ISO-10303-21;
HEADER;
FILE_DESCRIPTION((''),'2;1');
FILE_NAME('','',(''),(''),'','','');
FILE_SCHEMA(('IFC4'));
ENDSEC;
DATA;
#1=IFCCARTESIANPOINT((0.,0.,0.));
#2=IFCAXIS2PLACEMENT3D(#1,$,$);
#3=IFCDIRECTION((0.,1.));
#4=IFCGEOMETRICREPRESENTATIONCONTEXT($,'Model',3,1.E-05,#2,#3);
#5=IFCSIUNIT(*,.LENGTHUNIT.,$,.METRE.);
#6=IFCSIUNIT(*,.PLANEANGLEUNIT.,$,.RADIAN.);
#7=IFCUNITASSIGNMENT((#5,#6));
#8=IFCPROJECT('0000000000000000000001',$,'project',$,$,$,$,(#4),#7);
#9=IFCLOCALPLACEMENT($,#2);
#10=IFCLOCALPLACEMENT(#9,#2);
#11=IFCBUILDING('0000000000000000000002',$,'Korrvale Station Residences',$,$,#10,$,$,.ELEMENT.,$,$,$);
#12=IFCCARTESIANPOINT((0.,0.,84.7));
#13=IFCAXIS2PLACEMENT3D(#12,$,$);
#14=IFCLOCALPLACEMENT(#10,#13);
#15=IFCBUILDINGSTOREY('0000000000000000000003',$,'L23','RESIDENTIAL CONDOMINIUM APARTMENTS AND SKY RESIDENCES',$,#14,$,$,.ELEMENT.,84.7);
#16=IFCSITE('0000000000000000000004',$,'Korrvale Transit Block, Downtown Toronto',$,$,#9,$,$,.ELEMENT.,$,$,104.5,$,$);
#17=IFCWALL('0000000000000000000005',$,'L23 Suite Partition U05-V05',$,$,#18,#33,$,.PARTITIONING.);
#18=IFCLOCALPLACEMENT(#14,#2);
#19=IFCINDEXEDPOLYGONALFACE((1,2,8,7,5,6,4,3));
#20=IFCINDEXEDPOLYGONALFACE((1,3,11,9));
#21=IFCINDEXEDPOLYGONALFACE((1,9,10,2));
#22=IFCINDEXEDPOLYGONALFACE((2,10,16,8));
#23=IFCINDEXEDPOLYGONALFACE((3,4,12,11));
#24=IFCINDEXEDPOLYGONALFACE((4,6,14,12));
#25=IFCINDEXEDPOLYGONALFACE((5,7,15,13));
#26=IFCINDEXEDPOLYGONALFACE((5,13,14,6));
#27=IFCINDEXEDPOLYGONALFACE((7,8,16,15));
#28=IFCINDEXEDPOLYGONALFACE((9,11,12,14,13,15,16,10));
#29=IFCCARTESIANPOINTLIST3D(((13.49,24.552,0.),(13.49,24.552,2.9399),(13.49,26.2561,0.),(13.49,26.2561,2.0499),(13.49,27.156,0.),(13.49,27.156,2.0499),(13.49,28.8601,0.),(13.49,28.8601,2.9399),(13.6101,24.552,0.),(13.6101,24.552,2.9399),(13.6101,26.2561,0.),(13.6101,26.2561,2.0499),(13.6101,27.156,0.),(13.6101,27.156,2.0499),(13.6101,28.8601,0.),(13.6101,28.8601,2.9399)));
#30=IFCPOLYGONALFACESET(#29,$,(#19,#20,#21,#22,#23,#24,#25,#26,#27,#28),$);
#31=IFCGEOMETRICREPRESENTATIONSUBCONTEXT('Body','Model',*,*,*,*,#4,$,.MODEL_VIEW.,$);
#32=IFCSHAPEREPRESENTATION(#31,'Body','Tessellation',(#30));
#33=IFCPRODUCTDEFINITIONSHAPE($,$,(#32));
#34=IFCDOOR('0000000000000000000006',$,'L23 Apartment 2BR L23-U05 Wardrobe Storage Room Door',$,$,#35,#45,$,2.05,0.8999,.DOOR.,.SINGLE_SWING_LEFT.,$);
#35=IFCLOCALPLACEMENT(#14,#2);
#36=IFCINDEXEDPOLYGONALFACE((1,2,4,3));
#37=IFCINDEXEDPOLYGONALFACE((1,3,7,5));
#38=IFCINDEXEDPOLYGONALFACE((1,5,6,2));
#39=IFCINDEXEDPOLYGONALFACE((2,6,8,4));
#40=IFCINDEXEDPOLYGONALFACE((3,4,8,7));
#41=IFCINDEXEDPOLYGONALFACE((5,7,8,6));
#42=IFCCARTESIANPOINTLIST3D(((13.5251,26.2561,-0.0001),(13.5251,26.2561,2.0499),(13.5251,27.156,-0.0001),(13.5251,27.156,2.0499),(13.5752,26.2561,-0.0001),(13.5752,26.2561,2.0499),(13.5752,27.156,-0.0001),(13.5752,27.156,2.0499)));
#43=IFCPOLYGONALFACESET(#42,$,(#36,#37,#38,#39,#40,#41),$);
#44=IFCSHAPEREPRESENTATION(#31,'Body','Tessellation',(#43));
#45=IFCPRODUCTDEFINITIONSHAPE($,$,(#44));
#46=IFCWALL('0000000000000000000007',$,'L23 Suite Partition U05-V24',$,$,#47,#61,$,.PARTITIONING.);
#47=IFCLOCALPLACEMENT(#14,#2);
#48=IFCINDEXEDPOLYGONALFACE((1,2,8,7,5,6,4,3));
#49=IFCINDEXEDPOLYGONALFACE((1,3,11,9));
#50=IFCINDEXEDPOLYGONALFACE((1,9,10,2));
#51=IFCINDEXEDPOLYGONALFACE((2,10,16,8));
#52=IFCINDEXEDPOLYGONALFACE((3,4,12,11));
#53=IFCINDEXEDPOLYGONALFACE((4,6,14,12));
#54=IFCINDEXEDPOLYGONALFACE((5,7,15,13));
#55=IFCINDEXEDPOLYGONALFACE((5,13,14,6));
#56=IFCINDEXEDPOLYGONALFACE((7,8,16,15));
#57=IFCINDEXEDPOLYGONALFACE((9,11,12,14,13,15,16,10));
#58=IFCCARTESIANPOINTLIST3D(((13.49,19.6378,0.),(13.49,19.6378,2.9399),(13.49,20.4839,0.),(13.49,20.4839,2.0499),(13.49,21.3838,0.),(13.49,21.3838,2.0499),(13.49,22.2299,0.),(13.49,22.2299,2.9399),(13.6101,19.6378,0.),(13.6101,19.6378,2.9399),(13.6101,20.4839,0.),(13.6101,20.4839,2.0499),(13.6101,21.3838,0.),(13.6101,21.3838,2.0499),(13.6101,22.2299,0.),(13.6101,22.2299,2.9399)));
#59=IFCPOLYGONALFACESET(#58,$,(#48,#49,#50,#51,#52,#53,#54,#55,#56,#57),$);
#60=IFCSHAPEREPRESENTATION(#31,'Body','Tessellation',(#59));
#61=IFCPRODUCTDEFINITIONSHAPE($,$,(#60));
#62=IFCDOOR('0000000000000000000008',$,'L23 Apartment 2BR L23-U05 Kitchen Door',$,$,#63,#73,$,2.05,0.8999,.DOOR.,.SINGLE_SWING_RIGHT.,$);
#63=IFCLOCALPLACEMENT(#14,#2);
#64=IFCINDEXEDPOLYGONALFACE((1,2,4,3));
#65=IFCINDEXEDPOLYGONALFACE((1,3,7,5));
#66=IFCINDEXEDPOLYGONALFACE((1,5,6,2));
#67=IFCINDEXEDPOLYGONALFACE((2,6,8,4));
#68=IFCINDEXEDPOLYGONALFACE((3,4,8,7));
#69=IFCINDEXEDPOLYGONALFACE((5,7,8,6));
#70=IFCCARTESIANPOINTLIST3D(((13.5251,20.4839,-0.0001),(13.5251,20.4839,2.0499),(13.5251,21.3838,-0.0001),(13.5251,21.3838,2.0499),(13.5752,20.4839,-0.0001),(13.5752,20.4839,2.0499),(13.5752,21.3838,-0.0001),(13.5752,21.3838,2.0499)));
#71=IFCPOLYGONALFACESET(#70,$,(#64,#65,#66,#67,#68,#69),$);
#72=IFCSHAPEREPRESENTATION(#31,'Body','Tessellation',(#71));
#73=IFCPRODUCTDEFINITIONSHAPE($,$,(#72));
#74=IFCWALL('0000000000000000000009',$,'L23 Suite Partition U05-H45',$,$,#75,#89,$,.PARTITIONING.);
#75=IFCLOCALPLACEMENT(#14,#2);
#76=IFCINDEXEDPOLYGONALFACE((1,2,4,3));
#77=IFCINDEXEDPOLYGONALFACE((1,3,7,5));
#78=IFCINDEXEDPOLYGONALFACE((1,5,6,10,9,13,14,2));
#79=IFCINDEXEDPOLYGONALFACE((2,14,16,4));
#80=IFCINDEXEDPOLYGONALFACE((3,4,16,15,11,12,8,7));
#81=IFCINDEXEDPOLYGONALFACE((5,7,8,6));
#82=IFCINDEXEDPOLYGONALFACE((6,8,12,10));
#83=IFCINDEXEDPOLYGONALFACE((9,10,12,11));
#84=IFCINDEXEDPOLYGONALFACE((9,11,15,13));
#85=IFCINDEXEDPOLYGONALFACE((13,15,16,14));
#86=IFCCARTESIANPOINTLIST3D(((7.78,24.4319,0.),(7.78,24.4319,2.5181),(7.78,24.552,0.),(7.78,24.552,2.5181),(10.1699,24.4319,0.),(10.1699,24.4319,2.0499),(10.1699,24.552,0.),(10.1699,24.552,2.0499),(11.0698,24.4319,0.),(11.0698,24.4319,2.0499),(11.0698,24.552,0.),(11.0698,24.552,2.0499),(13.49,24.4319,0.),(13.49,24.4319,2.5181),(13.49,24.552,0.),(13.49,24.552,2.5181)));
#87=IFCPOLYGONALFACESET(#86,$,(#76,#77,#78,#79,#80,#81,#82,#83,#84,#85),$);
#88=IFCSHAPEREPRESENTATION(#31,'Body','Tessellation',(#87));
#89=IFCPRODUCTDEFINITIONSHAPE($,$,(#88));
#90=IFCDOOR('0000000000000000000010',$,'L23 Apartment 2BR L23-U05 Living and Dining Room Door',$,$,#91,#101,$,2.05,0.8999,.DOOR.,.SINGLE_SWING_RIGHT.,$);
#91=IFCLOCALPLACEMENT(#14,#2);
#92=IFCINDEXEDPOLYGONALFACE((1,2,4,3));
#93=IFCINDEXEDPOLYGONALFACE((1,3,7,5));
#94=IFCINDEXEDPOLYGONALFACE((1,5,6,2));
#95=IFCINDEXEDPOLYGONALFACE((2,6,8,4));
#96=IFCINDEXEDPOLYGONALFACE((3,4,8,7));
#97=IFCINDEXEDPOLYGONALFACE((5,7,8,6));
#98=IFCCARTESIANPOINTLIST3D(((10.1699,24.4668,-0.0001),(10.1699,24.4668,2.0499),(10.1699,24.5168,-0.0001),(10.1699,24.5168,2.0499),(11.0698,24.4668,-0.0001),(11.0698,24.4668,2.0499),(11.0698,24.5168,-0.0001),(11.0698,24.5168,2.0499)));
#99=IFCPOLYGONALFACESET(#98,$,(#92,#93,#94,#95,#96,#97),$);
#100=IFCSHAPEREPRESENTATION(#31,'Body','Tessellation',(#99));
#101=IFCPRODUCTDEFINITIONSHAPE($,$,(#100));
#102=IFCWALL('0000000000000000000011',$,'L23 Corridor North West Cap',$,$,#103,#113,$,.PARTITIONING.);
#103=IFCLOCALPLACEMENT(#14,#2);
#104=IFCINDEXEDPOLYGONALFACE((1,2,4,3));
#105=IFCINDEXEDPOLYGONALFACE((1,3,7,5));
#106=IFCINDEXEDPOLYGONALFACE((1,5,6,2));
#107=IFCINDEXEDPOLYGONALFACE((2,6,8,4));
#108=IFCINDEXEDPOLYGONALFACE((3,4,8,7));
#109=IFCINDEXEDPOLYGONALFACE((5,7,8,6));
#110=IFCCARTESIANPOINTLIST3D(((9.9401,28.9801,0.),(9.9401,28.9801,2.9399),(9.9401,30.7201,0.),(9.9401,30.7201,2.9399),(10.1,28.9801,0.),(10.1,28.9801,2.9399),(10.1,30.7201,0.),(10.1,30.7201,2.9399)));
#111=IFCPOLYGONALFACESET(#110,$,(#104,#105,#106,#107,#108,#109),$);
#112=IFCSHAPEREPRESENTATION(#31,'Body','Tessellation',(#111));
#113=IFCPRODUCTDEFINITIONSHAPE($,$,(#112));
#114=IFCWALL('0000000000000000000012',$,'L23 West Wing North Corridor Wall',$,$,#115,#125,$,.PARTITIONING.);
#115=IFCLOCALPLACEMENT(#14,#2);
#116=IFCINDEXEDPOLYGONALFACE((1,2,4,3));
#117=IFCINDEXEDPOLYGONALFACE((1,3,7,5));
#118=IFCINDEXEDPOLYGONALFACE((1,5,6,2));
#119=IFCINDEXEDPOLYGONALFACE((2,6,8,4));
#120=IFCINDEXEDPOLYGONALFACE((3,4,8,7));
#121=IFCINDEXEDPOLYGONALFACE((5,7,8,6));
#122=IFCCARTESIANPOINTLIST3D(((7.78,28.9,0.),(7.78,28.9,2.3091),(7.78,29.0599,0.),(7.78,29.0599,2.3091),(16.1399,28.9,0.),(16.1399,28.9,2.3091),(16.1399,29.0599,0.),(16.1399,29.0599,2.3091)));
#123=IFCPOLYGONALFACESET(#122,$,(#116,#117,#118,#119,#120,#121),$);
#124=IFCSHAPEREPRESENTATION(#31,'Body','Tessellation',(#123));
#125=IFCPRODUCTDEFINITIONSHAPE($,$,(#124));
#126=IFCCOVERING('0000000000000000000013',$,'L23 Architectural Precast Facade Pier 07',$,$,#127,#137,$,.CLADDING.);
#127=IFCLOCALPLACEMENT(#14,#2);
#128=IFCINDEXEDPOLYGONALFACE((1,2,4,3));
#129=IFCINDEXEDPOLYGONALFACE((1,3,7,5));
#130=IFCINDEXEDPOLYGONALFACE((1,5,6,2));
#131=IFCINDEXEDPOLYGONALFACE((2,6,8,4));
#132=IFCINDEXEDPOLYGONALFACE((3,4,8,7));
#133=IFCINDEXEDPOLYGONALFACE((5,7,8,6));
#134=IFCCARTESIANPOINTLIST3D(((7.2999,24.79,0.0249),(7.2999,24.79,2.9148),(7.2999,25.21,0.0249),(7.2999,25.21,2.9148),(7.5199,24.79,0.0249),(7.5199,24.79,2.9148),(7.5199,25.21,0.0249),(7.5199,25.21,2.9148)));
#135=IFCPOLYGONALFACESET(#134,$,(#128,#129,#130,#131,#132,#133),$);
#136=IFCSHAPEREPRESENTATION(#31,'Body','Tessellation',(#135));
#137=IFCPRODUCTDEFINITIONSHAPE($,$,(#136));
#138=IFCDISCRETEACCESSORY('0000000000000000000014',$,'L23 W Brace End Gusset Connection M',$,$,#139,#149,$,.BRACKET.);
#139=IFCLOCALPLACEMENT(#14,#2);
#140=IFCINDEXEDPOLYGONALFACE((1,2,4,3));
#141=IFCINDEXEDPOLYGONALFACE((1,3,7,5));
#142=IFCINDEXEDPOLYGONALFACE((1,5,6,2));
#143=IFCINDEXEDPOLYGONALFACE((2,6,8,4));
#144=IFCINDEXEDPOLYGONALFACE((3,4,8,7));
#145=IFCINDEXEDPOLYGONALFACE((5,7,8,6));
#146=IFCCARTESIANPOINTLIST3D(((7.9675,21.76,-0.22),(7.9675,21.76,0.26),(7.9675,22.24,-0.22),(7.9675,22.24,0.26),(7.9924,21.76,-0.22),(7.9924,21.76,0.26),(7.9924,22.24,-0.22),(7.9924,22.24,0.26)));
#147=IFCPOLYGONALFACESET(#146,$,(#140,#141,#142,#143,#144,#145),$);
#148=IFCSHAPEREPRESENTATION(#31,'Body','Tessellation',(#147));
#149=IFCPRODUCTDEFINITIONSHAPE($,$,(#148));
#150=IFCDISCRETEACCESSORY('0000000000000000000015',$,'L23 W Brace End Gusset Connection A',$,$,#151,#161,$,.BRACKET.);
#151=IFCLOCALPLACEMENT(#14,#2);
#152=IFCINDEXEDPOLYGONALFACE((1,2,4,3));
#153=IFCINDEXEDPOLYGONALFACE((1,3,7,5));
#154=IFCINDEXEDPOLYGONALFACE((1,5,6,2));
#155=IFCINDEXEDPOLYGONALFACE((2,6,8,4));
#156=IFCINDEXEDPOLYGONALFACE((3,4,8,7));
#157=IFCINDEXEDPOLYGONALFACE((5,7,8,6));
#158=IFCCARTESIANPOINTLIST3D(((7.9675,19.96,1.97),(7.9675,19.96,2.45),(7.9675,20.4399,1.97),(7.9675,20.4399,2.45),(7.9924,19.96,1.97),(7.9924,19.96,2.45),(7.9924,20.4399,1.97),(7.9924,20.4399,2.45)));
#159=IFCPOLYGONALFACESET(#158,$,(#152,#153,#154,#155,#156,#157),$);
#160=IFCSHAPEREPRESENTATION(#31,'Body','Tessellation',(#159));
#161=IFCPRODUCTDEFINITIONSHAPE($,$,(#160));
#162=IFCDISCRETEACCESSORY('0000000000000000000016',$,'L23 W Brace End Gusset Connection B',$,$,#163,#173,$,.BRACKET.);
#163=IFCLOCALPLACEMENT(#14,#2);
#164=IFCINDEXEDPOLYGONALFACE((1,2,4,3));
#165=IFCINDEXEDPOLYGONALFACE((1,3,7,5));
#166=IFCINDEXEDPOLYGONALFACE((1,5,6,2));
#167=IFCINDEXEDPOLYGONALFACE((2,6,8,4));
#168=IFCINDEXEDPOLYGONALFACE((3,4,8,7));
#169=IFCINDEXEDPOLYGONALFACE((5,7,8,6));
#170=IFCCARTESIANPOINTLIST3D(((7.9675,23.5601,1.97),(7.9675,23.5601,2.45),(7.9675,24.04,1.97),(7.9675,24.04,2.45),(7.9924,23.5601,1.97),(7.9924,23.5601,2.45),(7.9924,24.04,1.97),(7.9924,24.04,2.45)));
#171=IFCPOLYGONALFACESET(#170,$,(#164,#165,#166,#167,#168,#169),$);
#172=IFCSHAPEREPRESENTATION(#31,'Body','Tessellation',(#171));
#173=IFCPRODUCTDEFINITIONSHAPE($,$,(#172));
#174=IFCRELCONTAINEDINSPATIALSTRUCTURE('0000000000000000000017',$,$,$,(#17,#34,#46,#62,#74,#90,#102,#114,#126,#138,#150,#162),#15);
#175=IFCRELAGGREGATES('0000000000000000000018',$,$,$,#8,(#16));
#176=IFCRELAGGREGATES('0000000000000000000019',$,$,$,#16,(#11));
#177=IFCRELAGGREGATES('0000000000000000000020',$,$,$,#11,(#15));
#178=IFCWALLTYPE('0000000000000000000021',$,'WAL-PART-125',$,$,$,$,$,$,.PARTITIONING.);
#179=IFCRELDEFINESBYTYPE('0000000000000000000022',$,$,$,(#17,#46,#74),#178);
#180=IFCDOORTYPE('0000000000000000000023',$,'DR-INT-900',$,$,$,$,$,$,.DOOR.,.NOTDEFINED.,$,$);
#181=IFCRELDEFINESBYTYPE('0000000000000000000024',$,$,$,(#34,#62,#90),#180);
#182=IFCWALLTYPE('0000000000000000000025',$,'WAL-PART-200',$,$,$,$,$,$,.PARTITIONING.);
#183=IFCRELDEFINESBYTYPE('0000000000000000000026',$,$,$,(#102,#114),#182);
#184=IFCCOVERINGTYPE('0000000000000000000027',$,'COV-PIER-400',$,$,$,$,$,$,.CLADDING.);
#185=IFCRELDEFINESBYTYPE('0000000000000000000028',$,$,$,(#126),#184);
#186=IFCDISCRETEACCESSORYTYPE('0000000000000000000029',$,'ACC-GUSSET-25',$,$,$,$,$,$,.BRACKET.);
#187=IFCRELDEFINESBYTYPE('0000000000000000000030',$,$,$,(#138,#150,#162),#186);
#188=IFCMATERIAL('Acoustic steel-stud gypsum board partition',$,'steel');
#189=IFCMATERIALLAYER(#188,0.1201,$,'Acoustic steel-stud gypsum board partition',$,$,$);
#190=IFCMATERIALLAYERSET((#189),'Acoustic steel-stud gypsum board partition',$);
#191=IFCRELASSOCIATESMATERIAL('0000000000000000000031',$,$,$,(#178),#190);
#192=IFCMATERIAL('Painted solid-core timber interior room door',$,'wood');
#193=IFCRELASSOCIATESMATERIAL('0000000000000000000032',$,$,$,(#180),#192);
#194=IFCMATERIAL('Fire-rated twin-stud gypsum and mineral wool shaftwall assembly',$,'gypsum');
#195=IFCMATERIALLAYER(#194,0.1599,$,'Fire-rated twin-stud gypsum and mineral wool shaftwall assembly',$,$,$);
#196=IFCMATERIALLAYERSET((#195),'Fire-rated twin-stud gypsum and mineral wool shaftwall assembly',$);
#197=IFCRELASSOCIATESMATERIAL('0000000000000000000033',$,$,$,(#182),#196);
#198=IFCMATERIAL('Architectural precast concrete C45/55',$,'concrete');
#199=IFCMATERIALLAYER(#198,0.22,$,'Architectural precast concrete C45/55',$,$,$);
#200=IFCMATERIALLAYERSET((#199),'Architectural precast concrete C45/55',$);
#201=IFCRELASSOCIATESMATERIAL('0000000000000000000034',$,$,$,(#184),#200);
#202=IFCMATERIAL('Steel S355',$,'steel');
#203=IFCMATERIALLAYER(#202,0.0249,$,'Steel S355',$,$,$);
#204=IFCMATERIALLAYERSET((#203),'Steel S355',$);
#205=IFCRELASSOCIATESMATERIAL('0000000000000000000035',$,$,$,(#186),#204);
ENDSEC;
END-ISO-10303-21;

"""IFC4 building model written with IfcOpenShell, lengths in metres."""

from ifc_helpers import new_model, si_unit, direction, frame, frame_2d, origin, origin_2d, place, context, subcontext, project, spatial, rectangle, extrude, material, layer, layer_set, type_object, element, fill, save


model = new_model("IFC4")

# Units and contexts
model_context = context("Model", 3, precision=1e-05, world=origin(), true_north=direction((0.0, 1.0)))
body_context = subcontext(model_context, "Body", "Model", "MODEL_VIEW")
ifc_project = project(units=[si_unit("LENGTHUNIT", "METRE"), si_unit("PLANEANGLEUNIT", "RADIAN")], contexts=[model_context])

# Site, building, storey
site_placement = place(None, origin())
site = spatial("IfcSite", under=ifc_project, at=site_placement, Name="Korrvale Transit Block, Downtown Toronto", CompositionType="ELEMENT", RefElevation=104.5)
building_placement = place(site_placement, origin())
building = spatial("IfcBuilding", under=site, at=building_placement, Name="Korrvale Station Residences", CompositionType="ELEMENT")
storey_placement = place(building_placement, frame((0.0, 0.0, 84.7)))
storey = spatial("IfcBuildingStorey", under=building, at=storey_placement, Name="L23", Description="RESIDENTIAL CONDOMINIUM APARTMENTS AND SKY RESIDENCES", CompositionType="ELEMENT", Elevation=84.7)

# Shared definitions
ifc_material_1 = material(Name="Steel S355", Category="steel")

# Walls, openings, doors
ifc_material_2 = material(Name="Acoustic steel-stud gypsum board partition", Category="steel")
ifc_layer_1 = layer(ifc_material_2, 0.1201, Name="Acoustic steel-stud gypsum board partition")
ifc_layer_set_1 = layer_set([ifc_layer_1], Name="Acoustic steel-stud gypsum board partition")
wall_type_1 = type_object("IfcWallType", Name="WAL-PART-125", PredefinedType="PARTITIONING", material=ifc_layer_set_1)
ifc_material_3 = material(Name="Painted solid-core timber interior room door", Category="wood")
door_type = type_object("IfcDoorType", Name="DR-INT-900", OperationType="NOTDEFINED", PredefinedType="DOOR", material=ifc_material_3)
wall_1_placement = place(storey_placement, frame((13.55, 24.552, 0.0), z_axis=(0.0, 0.0, 1.0), x_axis=(0.0, 1.0, 0.0)))
wall_1 = element("IfcWall", 1, at=wall_1_placement, inside=storey, type_object=wall_type_1, Name="L23 Suite Partition U05-V05", PredefinedType="PARTITIONING", context=body_context, shape_type="SweptSolid", body=[
    extrude(rectangle(XDim=4.3081, YDim=0.1201, at=frame_2d((2.1541, 0.0))), origin(), (0.0, 0.0, 1.0), 2.9399),
])
opening_1_placement = place(wall_1_placement, frame((1.7041, 0.0, 0.0)))
opening_1 = element("IfcOpeningElement", 2, at=opening_1_placement, cuts=wall_1, PredefinedType="OPENING", context=body_context, shape_type="SweptSolid", body=[
    extrude(rectangle(XDim=0.8999, YDim=2.05, at=frame_2d((0.45, 1.0249))), frame((0.0, 0.0701, 0.0), z_axis=(0.0, -1.0, 0.0), x_axis=(1.0, 0.0, 0.0)), (0.0, 0.0, 1.0), 0.1401),
])
door_1_placement = place(opening_1_placement, origin())
door_1 = element("IfcDoor", 3, at=door_1_placement, inside=storey, type_object=door_type, Name="L23 Apartment 2BR L23-U05 Wardrobe Storage Room Door", OperationType="SINGLE_SWING_LEFT", OverallHeight=2.05, OverallWidth=0.8999, PredefinedType="DOOR", context=body_context, shape_type="SweptSolid", body=[
    extrude(rectangle(XDim=0.8999, YDim=2.05, at=frame_2d((0.45, 1.0249))), frame((0.0, 0.0249, 0.0), z_axis=(0.0, -1.0, 0.0), x_axis=(1.0, 0.0, 0.0)), (0.0, 0.0, 1.0), 0.05),
])
fill(opening_1, door_1)
wall_2_placement = place(storey_placement, frame((13.55, 19.6379, 0.0), z_axis=(0.0, 0.0, 1.0), x_axis=(0.0, 1.0, 0.0)))
wall_2 = element("IfcWall", 4, at=wall_2_placement, inside=storey, type_object=wall_type_1, Name="L23 Suite Partition U05-V24", PredefinedType="PARTITIONING", context=body_context, shape_type="SweptSolid", body=[
    extrude(rectangle(XDim=2.592, YDim=0.1201, at=frame_2d((1.2959, 0.0))), origin(), (0.0, 0.0, 1.0), 2.9399),
])
opening_2_placement = place(wall_2_placement, frame((0.8459, 0.0, 0.0)))
opening_2 = element("IfcOpeningElement", 5, at=opening_2_placement, cuts=wall_2, PredefinedType="OPENING", context=body_context, shape_type="SweptSolid", body=[
    extrude(rectangle(XDim=0.8999, YDim=2.05, at=frame_2d((0.45, 1.0249))), frame((0.0, 0.0701, 0.0), z_axis=(0.0, -1.0, 0.0), x_axis=(1.0, 0.0, 0.0)), (0.0, 0.0, 1.0), 0.1401),
])
door_2_placement = place(opening_2_placement, origin())
door_2 = element("IfcDoor", 6, at=door_2_placement, inside=storey, type_object=door_type, Name="L23 Apartment 2BR L23-U05 Kitchen Door", OperationType="SINGLE_SWING_RIGHT", OverallHeight=2.05, OverallWidth=0.8999, PredefinedType="DOOR", context=body_context, shape_type="SweptSolid", body=[
    extrude(rectangle(XDim=0.8999, YDim=2.05, at=frame_2d((0.45, 1.0249))), frame((0.0, 0.0249, 0.0), z_axis=(0.0, -1.0, 0.0), x_axis=(1.0, 0.0, 0.0)), (0.0, 0.0, 1.0), 0.05),
])
fill(opening_2, door_2)
wall_3_placement = place(storey_placement, frame((7.78, 24.4919, 0.0), z_axis=(0.0, 0.0, 1.0), x_axis=(1.0, 0.0, 0.0)))
wall_3 = element("IfcWall", 7, at=wall_3_placement, inside=storey, type_object=wall_type_1, Name="L23 Suite Partition U05-H45", PredefinedType="PARTITIONING", context=body_context, shape_type="SweptSolid", body=[
    extrude(rectangle(XDim=5.71, YDim=0.1201, at=frame_2d((2.855, 0.0))), origin(), (0.0, 0.0, 1.0), 2.5181),
])
opening_3_placement = place(wall_3_placement, frame((2.3899, 0.0, 0.0)))
opening_3 = element("IfcOpeningElement", 8, at=opening_3_placement, cuts=wall_3, PredefinedType="OPENING", context=body_context, shape_type="SweptSolid", body=[
    extrude(rectangle(XDim=0.8999, YDim=2.05, at=frame_2d((0.45, 1.0249))), frame((0.0, 0.0701, 0.0), z_axis=(0.0, -1.0, 0.0), x_axis=(1.0, 0.0, 0.0)), (0.0, 0.0, 1.0), 0.1401),
])
door_3_placement = place(opening_3_placement, origin())
door_3 = element("IfcDoor", 9, at=door_3_placement, inside=storey, type_object=door_type, Name="L23 Apartment 2BR L23-U05 Living and Dining Room Door", OperationType="SINGLE_SWING_RIGHT", OverallHeight=2.05, OverallWidth=0.8999, PredefinedType="DOOR", context=body_context, shape_type="SweptSolid", body=[
    extrude(rectangle(XDim=0.8999, YDim=2.05, at=frame_2d((0.45, 1.0249))), frame((0.0, 0.0249, 0.0), z_axis=(0.0, -1.0, 0.0), x_axis=(1.0, 0.0, 0.0)), (0.0, 0.0, 1.0), 0.05),
])
fill(opening_3, door_3)

# Walls
ifc_material_4 = material(Name="Fire-rated twin-stud gypsum and mineral wool shaftwall assembly", Category="gypsum")
ifc_layer_2 = layer(ifc_material_4, 0.1599, Name="Fire-rated twin-stud gypsum and mineral wool shaftwall assembly")
ifc_layer_set_2 = layer_set([ifc_layer_2], Name="Fire-rated twin-stud gypsum and mineral wool shaftwall assembly")
wall_type_2 = type_object("IfcWallType", Name="WAL-PART-200", PredefinedType="PARTITIONING", material=ifc_layer_set_2)
wall_4_placement = place(storey_placement, frame((10.02, 28.98, 0.0), z_axis=(0.0, 0.0, 1.0), x_axis=(0.0, 1.0, 0.0)))
element("IfcWall", 10, at=wall_4_placement, inside=storey, type_object=wall_type_2, Name="L23 Corridor North West Cap", PredefinedType="PARTITIONING", context=body_context, shape_type="SweptSolid", body=[
    extrude(rectangle(XDim=1.74, YDim=0.1599, at=frame_2d((0.8701, 0.0))), origin(), (0.0, 0.0, 1.0), 2.9399),
])
wall_5_placement = place(storey_placement, frame((7.78, 28.98, 0.0), z_axis=(0.0, 0.0, 1.0), x_axis=(1.0, 0.0, 0.0)))
element("IfcWall", 11, at=wall_5_placement, inside=storey, type_object=wall_type_2, Name="L23 West Wing North Corridor Wall", PredefinedType="PARTITIONING", context=body_context, shape_type="SweptSolid", body=[
    extrude(rectangle(XDim=8.3599, YDim=0.1599, at=frame_2d((4.1799, 0.0))), origin(), (0.0, 0.0, 1.0), 2.3091),
])

# Covering
ifc_material_5 = material(Name="Architectural precast concrete C45/55", Category="concrete")
ifc_layer_3 = layer(ifc_material_5, 0.22, Name="Architectural precast concrete C45/55")
ifc_layer_set_3 = layer_set([ifc_layer_3], Name="Architectural precast concrete C45/55")
covering_type = type_object("IfcCoveringType", Name="COV-PIER-400", PredefinedType="CLADDING", material=ifc_layer_set_3)
covering_placement = place(storey_placement, frame((7.4099, 25.0, 0.0249), z_axis=(0.0, 0.0, 1.0), x_axis=(0.0, 1.0, 0.0)))
element("IfcCovering", 12, at=covering_placement, inside=storey, type_object=covering_type, Name="L23 Architectural Precast Facade Pier 07", PredefinedType="CLADDING", context=body_context, shape_type="SweptSolid", body=[
    extrude(rectangle(XDim=0.4199, YDim=0.22, at=origin_2d()), origin(), (0.0, 0.0, 1.0), 2.8899),
])

# Discrete accessories
ifc_layer_4 = layer(ifc_material_1, 0.0249, Name="Steel S355")
ifc_layer_set_4 = layer_set([ifc_layer_4], Name="Steel S355")
discrete_accessory_type = type_object("IfcDiscreteAccessoryType", Name="ACC-GUSSET-25", PredefinedType="BRACKET", material=ifc_layer_set_4)
for number, where, z_axis, x_axis, name in (
    (13, (7.98, 22.0, -0.22), (0.0, 0.0, 1.0), (0.0, 1.0, 0.0), "L23 W Brace End Gusset Connection M"),
    (14, (7.98, 20.2, 1.97), (0.0, 0.0, 1.0), (0.0, 1.0, 0.0), "L23 W Brace End Gusset Connection A"),
    (15, (7.98, 23.8, 1.97), (0.0, 0.0, 1.0), (0.0, 1.0, 0.0), "L23 W Brace End Gusset Connection B"),
):
    element("IfcDiscreteAccessory", number, at=place(storey_placement, frame(where, z_axis=z_axis, x_axis=x_axis)), inside=storey, type_object=discrete_accessory_type, Name=name, PredefinedType="BRACKET", context=body_context, shape_type="SweptSolid", body=[
        extrude(rectangle(XDim=0.48, YDim=0.0249, at=origin_2d()), origin(), (0.0, 0.0, 1.0), 0.48),
    ])

save(model, "model.ifc")
